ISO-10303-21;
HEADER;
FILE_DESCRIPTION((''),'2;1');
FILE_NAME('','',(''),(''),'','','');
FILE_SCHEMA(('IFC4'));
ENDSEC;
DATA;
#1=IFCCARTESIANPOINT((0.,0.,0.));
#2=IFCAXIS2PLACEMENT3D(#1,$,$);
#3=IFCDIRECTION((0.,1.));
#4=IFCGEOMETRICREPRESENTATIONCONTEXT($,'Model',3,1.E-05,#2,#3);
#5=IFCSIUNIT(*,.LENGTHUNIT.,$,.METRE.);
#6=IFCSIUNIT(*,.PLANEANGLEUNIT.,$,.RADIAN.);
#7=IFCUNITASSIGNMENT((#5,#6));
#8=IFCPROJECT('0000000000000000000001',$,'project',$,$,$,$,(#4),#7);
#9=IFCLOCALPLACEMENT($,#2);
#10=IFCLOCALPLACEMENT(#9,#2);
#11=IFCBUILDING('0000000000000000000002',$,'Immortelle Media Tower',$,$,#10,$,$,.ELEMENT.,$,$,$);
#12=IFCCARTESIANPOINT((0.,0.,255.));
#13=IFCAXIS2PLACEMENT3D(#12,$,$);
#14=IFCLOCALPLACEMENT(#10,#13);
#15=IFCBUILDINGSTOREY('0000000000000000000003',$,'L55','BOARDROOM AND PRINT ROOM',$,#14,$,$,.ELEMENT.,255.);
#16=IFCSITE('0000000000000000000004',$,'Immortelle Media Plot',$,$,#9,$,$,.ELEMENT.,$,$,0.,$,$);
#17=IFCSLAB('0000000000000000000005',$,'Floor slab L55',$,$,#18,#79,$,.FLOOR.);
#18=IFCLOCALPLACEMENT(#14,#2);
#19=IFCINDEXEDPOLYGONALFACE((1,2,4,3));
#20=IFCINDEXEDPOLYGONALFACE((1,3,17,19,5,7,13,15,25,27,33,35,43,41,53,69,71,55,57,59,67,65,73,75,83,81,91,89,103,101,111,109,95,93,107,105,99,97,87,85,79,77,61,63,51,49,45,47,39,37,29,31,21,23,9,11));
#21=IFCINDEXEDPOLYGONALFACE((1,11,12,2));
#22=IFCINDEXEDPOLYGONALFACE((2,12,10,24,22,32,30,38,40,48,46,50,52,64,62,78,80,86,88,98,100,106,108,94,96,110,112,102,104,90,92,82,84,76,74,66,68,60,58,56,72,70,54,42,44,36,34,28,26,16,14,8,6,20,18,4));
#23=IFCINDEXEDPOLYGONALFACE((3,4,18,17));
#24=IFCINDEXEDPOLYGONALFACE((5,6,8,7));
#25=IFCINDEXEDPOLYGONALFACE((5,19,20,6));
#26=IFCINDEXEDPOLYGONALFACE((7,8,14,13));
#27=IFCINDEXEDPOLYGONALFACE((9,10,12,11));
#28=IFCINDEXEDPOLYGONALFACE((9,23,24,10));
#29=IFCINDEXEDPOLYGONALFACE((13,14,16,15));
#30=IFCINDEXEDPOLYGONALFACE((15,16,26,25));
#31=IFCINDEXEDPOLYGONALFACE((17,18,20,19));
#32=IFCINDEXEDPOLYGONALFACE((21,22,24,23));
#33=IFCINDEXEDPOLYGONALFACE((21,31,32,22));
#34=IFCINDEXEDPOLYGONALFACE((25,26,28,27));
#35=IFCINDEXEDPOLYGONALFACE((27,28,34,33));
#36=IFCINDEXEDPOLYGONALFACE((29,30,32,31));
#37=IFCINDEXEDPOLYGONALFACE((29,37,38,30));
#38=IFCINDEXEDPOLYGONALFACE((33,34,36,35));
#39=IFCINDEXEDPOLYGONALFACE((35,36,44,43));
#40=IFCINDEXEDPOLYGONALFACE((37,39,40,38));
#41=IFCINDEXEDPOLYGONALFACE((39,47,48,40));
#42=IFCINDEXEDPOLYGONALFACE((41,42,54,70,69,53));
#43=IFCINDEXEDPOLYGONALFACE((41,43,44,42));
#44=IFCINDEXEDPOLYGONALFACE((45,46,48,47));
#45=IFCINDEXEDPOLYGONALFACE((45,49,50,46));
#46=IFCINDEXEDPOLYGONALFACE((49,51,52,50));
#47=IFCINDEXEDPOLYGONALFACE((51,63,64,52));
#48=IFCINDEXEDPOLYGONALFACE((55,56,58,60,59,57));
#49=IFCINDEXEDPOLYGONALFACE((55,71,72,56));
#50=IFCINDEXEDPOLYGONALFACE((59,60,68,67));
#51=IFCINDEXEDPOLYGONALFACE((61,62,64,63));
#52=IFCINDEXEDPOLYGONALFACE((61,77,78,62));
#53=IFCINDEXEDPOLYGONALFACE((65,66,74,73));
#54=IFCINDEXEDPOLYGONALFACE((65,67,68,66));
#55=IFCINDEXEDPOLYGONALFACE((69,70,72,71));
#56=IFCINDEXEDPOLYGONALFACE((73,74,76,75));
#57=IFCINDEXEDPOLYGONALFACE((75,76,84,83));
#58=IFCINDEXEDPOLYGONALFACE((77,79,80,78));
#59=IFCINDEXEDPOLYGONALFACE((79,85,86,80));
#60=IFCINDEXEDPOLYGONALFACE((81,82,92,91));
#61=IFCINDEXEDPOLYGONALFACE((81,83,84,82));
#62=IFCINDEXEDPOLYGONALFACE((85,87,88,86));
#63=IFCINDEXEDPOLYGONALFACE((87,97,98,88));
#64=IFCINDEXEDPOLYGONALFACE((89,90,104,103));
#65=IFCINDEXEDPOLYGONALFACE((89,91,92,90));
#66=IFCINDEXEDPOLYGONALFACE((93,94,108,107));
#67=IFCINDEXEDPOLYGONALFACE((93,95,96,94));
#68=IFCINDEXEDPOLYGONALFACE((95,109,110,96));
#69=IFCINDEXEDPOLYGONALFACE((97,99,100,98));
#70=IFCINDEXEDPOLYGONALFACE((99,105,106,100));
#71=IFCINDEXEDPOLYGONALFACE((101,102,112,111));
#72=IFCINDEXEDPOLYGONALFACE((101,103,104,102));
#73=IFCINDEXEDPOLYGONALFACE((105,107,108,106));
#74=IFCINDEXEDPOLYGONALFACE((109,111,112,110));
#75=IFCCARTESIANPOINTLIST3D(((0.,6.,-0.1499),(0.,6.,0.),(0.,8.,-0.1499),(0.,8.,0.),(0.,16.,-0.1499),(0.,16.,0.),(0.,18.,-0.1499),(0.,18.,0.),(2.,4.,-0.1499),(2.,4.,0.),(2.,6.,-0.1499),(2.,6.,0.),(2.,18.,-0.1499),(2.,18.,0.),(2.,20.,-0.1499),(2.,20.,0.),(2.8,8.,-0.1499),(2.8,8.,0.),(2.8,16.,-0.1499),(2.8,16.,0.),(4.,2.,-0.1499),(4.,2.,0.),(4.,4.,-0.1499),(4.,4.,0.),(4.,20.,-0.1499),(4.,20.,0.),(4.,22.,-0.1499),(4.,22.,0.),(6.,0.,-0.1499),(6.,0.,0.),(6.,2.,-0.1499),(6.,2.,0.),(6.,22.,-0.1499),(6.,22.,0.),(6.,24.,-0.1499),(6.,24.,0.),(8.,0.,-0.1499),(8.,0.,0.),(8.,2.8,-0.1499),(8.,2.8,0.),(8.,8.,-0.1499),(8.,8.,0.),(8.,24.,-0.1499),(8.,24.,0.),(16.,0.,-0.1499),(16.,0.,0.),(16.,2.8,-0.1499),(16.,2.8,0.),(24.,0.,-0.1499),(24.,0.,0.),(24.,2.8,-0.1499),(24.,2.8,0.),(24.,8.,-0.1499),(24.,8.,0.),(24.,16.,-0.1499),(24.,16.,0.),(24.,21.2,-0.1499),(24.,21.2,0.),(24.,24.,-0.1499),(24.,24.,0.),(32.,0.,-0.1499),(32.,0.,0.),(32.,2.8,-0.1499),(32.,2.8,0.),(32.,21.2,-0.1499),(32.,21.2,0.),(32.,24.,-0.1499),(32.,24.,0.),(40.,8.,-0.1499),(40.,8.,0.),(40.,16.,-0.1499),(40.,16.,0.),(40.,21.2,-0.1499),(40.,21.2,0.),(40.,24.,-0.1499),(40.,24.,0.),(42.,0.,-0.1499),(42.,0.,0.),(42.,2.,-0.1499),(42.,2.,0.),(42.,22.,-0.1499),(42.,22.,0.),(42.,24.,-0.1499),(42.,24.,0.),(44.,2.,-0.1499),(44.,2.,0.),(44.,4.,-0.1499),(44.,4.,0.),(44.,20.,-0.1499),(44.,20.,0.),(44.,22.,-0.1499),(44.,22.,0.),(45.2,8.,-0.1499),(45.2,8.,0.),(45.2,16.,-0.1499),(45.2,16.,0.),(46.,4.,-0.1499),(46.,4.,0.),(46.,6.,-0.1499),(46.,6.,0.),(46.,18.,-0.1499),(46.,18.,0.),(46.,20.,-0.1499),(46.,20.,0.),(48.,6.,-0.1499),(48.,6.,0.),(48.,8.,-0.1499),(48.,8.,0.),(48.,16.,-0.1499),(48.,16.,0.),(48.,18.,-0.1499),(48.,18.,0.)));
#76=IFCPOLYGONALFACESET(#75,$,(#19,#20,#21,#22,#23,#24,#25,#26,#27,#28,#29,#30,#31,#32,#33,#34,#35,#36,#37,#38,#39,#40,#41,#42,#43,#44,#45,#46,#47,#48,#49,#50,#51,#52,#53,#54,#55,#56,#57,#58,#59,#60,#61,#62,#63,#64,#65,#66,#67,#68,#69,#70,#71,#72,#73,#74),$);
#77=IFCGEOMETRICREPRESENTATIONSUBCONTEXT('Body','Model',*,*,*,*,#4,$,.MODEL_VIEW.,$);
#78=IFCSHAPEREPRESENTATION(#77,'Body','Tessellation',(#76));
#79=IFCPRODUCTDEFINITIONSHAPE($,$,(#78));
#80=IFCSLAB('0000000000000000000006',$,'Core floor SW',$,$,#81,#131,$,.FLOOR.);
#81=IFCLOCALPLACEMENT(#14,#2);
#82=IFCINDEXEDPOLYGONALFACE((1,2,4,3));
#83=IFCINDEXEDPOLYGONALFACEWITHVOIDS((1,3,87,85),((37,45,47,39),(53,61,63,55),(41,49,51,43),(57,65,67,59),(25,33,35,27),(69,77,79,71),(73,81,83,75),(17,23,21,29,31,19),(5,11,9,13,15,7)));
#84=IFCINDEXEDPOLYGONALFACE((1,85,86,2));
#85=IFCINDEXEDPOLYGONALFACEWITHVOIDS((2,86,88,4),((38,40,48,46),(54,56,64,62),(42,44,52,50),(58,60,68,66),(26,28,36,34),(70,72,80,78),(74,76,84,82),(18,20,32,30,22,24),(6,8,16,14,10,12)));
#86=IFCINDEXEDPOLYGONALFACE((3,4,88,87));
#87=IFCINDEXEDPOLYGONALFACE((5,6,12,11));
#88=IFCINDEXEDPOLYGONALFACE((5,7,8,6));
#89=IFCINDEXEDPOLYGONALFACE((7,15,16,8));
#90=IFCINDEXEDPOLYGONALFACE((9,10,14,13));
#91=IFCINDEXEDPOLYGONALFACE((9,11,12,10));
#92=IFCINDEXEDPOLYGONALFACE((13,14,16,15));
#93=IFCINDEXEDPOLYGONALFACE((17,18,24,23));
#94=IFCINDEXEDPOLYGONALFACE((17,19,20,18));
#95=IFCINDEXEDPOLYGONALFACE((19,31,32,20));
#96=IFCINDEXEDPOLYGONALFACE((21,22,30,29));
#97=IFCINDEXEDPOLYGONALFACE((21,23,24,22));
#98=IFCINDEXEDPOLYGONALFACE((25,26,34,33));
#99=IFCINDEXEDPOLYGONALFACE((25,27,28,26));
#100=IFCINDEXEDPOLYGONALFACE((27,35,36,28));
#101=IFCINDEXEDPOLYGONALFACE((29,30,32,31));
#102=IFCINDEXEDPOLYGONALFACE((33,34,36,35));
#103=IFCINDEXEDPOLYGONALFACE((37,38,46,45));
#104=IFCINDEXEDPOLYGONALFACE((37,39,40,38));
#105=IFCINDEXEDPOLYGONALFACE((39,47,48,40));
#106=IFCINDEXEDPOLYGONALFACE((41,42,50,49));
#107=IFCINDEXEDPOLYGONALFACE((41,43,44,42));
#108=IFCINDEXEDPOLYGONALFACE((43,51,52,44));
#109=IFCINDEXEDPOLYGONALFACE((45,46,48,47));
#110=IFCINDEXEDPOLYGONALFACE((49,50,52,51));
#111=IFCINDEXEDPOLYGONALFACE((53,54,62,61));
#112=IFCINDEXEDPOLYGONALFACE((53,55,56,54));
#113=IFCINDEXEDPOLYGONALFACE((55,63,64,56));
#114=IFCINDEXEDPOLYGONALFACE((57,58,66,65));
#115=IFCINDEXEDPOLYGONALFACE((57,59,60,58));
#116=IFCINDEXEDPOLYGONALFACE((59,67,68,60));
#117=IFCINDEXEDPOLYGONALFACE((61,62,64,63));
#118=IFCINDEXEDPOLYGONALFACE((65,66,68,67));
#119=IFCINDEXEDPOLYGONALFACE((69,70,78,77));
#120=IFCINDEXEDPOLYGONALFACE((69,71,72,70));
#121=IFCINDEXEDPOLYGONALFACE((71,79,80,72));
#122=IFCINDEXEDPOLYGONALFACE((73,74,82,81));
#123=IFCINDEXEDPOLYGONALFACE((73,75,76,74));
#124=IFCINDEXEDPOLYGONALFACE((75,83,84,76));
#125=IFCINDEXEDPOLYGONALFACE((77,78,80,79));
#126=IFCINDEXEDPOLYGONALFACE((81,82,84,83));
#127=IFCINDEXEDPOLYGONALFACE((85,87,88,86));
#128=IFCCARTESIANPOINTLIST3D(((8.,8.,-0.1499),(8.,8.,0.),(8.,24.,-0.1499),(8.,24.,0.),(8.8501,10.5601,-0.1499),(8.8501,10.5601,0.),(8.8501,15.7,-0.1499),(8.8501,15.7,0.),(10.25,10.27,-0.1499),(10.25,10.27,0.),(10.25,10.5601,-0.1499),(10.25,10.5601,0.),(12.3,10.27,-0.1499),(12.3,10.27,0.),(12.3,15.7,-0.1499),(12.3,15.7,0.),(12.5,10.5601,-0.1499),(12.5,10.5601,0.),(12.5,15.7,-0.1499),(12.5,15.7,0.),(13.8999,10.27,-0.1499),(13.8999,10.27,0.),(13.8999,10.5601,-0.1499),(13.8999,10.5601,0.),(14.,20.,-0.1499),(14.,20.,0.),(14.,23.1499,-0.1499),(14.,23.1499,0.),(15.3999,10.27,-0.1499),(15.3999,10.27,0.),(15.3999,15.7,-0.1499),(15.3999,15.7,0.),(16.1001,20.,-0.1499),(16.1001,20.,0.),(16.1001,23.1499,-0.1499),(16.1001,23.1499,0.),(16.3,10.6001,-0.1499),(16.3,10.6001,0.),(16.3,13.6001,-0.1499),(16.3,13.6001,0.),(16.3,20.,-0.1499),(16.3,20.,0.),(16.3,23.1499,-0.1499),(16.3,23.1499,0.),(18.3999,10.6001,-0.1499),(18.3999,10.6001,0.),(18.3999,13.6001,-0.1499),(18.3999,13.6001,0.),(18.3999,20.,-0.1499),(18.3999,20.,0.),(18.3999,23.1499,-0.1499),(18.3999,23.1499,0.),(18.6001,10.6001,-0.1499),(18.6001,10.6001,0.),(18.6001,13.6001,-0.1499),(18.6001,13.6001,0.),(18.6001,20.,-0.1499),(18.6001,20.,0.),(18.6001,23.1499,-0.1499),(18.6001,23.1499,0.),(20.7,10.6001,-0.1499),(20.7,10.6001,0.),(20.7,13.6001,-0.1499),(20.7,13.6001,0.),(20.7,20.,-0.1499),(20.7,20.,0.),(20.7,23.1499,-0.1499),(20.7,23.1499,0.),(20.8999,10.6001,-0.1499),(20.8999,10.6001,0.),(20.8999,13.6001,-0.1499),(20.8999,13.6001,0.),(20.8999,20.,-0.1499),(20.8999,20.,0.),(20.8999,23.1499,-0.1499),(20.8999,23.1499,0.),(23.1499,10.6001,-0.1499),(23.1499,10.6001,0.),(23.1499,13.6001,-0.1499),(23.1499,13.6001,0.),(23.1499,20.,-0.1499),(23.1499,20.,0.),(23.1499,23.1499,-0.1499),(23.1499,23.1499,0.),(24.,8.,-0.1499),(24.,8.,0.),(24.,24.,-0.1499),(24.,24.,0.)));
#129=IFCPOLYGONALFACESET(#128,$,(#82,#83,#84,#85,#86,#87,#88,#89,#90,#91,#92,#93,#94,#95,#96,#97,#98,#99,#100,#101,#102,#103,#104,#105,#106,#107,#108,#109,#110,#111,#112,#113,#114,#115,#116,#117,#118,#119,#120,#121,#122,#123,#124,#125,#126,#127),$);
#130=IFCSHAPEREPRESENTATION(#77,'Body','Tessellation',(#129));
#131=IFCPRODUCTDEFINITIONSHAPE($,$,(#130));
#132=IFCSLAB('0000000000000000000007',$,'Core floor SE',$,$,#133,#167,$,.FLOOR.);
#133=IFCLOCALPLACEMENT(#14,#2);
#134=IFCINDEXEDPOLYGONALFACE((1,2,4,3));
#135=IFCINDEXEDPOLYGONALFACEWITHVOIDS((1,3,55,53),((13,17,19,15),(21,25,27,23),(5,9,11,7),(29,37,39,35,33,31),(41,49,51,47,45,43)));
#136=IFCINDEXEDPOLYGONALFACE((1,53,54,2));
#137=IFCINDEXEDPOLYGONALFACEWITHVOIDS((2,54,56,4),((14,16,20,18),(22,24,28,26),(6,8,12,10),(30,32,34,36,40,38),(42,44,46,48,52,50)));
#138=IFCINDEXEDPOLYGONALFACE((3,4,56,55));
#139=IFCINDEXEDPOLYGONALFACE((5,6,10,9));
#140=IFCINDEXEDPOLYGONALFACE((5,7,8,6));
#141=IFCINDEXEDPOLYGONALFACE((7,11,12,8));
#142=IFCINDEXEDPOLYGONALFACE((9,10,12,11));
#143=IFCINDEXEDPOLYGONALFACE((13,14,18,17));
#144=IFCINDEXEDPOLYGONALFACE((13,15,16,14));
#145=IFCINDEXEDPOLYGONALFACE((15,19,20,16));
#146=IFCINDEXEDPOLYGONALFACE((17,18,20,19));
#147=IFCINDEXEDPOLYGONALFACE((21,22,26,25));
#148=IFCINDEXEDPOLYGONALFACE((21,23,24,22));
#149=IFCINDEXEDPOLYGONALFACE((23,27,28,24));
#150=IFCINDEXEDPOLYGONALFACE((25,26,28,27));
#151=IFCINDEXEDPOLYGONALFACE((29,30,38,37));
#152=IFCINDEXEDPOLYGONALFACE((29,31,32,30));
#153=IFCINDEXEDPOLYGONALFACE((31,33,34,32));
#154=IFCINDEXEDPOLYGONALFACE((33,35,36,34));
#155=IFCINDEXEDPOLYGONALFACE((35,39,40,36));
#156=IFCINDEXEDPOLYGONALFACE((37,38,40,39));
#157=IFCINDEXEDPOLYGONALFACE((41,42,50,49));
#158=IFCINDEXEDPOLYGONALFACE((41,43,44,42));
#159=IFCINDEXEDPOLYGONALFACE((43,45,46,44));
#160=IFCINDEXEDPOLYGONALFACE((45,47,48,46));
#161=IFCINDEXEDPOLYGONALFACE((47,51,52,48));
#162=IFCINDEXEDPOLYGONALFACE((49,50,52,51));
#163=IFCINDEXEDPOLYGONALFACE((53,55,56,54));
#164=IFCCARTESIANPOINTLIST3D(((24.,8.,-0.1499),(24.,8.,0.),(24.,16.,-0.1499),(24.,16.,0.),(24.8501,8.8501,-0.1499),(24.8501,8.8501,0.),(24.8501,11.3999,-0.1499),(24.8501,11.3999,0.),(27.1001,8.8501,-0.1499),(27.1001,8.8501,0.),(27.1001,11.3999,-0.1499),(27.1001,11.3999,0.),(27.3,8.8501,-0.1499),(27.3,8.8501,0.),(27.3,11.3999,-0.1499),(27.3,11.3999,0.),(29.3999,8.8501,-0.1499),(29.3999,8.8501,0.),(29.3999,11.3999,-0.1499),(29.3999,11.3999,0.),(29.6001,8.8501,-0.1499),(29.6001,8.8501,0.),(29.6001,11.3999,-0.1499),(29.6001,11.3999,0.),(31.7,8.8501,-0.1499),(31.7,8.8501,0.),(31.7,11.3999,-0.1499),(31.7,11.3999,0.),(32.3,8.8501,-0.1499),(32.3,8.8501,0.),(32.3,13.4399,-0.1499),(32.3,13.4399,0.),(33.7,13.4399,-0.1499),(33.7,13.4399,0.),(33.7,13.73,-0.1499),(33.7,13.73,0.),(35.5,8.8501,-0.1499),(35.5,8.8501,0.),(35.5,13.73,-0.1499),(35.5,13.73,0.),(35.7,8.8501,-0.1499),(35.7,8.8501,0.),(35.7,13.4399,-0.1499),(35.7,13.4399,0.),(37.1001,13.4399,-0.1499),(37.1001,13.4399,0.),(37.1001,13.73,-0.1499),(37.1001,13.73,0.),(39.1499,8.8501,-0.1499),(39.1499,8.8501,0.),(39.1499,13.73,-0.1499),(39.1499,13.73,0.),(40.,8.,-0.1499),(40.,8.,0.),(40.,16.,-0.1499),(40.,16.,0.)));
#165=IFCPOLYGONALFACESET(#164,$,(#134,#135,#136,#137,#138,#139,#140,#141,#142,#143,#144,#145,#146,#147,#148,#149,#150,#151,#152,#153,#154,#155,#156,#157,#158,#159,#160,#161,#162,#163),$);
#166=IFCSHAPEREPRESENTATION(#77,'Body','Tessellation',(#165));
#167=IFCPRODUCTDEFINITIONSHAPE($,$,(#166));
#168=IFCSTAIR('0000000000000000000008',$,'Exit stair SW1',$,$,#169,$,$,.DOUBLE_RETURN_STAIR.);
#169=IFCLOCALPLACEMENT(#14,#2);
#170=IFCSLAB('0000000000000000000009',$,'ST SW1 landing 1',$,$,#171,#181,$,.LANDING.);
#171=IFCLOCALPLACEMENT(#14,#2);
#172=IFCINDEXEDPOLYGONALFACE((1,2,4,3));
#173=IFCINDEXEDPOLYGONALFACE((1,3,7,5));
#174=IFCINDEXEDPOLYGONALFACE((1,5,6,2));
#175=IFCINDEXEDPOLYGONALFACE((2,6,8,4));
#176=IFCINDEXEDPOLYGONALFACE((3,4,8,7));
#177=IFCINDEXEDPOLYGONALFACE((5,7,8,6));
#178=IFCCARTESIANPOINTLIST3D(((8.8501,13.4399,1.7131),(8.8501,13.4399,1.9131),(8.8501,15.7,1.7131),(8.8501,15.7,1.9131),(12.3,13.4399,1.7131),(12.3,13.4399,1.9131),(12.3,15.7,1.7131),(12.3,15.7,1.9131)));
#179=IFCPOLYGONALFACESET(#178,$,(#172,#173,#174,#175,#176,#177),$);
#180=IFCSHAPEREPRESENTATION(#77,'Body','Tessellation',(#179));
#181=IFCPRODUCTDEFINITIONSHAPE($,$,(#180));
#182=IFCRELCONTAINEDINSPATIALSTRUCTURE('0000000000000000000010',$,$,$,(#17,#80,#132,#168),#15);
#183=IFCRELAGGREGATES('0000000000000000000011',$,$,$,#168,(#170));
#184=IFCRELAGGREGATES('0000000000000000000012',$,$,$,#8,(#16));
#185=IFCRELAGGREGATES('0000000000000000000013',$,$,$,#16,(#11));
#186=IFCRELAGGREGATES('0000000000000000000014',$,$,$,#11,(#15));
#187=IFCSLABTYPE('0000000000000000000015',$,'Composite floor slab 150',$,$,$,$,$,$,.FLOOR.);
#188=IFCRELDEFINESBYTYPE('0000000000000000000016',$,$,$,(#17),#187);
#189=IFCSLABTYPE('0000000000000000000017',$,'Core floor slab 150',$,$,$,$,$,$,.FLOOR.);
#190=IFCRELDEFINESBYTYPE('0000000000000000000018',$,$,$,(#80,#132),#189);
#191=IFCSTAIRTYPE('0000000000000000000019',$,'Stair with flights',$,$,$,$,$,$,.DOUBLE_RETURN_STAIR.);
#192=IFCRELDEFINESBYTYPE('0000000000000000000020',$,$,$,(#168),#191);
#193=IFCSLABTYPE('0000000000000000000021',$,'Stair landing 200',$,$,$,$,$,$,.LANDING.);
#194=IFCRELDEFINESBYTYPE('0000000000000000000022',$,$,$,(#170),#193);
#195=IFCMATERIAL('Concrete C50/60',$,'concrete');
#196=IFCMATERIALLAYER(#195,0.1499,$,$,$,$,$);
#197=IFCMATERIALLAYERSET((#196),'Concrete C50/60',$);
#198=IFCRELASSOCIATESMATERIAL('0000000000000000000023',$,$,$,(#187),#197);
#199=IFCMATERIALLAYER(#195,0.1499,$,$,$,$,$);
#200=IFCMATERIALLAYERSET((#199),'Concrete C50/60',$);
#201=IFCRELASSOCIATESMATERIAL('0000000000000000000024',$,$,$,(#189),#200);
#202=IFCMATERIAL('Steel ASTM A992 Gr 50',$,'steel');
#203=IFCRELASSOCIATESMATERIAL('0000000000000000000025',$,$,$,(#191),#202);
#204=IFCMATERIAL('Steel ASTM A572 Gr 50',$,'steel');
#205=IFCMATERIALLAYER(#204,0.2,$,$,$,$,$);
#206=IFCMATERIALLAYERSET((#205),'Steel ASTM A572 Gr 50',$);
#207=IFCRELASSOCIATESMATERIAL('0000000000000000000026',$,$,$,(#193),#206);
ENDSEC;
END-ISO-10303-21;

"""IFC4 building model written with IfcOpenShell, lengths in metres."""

from ifc_helpers import new_model, si_unit, direction, frame, origin, place, context, subcontext, project, spatial, polyline, outline, extrude, material, layer, layer_set, type_object, element, aggregate, save


model = new_model("IFC4")

# Units and contexts
model_context = context("Model", 3, precision=1e-05, world=origin(), true_north=direction((0.0, 1.0)))
body_context = subcontext(model_context, "Body", "Model", "MODEL_VIEW")
ifc_project = project(units=[si_unit("LENGTHUNIT", "METRE"), si_unit("PLANEANGLEUNIT", "RADIAN")], contexts=[model_context])

# Site, building, storey
site_placement = place(None, origin())
site = spatial("IfcSite", under=ifc_project, at=site_placement, Name="Immortelle Media Plot", CompositionType="ELEMENT", RefElevation=0.0)
building_placement = place(site_placement, origin())
building = spatial("IfcBuilding", under=site, at=building_placement, Name="Immortelle Media Tower", CompositionType="ELEMENT")
storey_placement = place(building_placement, frame((0.0, 0.0, 255.0)))
storey = spatial("IfcBuildingStorey", under=building, at=storey_placement, Name="L55", Description="BOARDROOM AND PRINT ROOM", CompositionType="ELEMENT", Elevation=255.0)

# Shared definitions
ifc_material_1 = material(Name="Steel ASTM A992 Gr 50", Category="steel")

# Slabs
ifc_material_2 = material(Name="Concrete C50/60", Category="concrete")
ifc_layer_1 = layer(ifc_material_2, 0.1499)
ifc_layer_set_1 = layer_set([ifc_layer_1], Name="Concrete C50/60")
slab_type_1 = type_object("IfcSlabType", Name="Composite floor slab 150", PredefinedType="FLOOR", material=ifc_layer_set_1)
slab_1_placement = place(storey_placement, frame((0.0, 0.0, -0.1499)))
element("IfcSlab", 1, at=slab_1_placement, inside=storey, type_object=slab_type_1, Name="Floor slab L55", PredefinedType="FLOOR", context=body_context, shape_type="SweptSolid", body=[
    extrude(outline(polyline([(6.0, 0.0), (6.0, 2.0), (4.0, 2.0), (4.0, 4.0), (2.0, 4.0), (2.0, 6.0), (0.0, 6.0), (0.0, 8.0), (2.8, 8.0), (2.8, 16.0), (0.0, 16.0), (0.0, 18.0), (2.0, 18.0), (2.0, 20.0), (4.0, 20.0), (4.0, 22.0), (6.0, 22.0), (6.0, 24.0), (8.0, 24.0), (8.0, 8.0), (24.0, 8.0), (40.0, 8.0), (40.0, 16.0), (24.0, 16.0), (24.0, 21.2), (24.0, 24.0), (32.0, 24.0), (32.0, 21.2), (40.0, 21.2), (40.0, 24.0), (42.0, 24.0), (42.0, 22.0), (44.0, 22.0), (44.0, 20.0), (46.0, 20.0), (46.0, 18.0), (48.0, 18.0), (48.0, 16.0), (45.2, 16.0), (45.2, 8.0), (48.0, 8.0), (48.0, 6.0), (46.0, 6.0), (46.0, 4.0), (44.0, 4.0), (44.0, 2.0), (42.0, 2.0), (42.0, 0.0), (32.0, 0.0), (32.0, 2.8), (24.0, 2.8), (24.0, 0.0), (16.0, 0.0), (16.0, 2.8), (8.0, 2.8), (8.0, 0.0), (6.0, 0.0)])), origin(), (0.0, 0.0, 1.0), 0.1499),
])
ifc_layer_2 = layer(ifc_material_2, 0.1499)
ifc_layer_set_2 = layer_set([ifc_layer_2], Name="Concrete C50/60")
slab_type_2 = type_object("IfcSlabType", Name="Core floor slab 150", PredefinedType="FLOOR", material=ifc_layer_set_2)
slab_2_placement = place(storey_placement, frame((0.0, 0.0, -0.1499)))
element("IfcSlab", 2, at=slab_2_placement, inside=storey, type_object=slab_type_2, Name="Core floor SW", PredefinedType="FLOOR", context=body_context, shape_type="SweptSolid", body=[
    extrude(outline(polyline([(8.0, 8.0), (24.0, 8.0), (24.0, 24.0), (8.0, 24.0), (8.0, 8.0)]), holes=[polyline([(14.0, 20.0), (16.1001, 20.0), (16.1001, 23.1499), (14.0, 23.1499), (14.0, 20.0)]), polyline([(16.3, 20.0), (18.3999, 20.0), (18.3999, 23.1499), (16.3, 23.1499), (16.3, 20.0)]), polyline([(18.6001, 20.0), (20.7, 20.0), (20.7, 23.1499), (18.6001, 23.1499), (18.6001, 20.0)]), polyline([(20.8999, 20.0), (23.1499, 20.0), (23.1499, 23.1499), (20.8999, 23.1499), (20.8999, 20.0)]), polyline([(16.3, 10.6001), (18.3999, 10.6001), (18.3999, 13.6001), (16.3, 13.6001), (16.3, 10.6001)]), polyline([(18.6001, 10.6001), (20.7, 10.6001), (20.7, 13.6001), (18.6001, 13.6001), (18.6001, 10.6001)]), polyline([(20.8999, 10.6001), (23.1499, 10.6001), (23.1499, 13.6001), (20.8999, 13.6001), (20.8999, 10.6001)]), polyline([(8.8501, 15.7), (12.3, 15.7), (12.3, 10.27), (10.25, 10.27), (10.25, 10.5601), (8.8501, 10.5601), (8.8501, 15.7)]), polyline([(12.5, 15.7), (15.3999, 15.7), (15.3999, 10.27), (13.8999, 10.27), (13.8999, 10.5601), (12.5, 10.5601), (12.5, 15.7)])]), origin(), (0.0, 0.0, 1.0), 0.1499),
])
slab_3_placement = place(storey_placement, frame((0.0, 0.0, -0.1499)))
element("IfcSlab", 3, at=slab_3_placement, inside=storey, type_object=slab_type_2, Name="Core floor SE", PredefinedType="FLOOR", context=body_context, shape_type="SweptSolid", body=[
    extrude(outline(polyline([(24.0, 8.0), (40.0, 8.0), (40.0, 16.0), (24.0, 16.0), (24.0, 8.0)]), holes=[polyline([(24.8501, 8.8501), (27.1001, 8.8501), (27.1001, 11.3999), (24.8501, 11.3999), (24.8501, 8.8501)]), polyline([(27.3, 8.8501), (29.3999, 8.8501), (29.3999, 11.3999), (27.3, 11.3999), (27.3, 8.8501)]), polyline([(29.6001, 8.8501), (31.7, 8.8501), (31.7, 11.3999), (29.6001, 11.3999), (29.6001, 8.8501)]), polyline([(35.5, 13.73), (35.5, 8.8501), (32.3, 8.8501), (32.3, 13.4399), (33.7, 13.4399), (33.7, 13.73), (35.5, 13.73)]), polyline([(39.1499, 13.73), (39.1499, 8.8501), (35.7, 8.8501), (35.7, 13.4399), (37.1001, 13.4399), (37.1001, 13.73), (39.1499, 13.73)])]), origin(), (0.0, 0.0, 1.0), 0.1499),
])

# Stair, slab
stair_type = type_object("IfcStairType", Name="Stair with flights", PredefinedType="DOUBLE_RETURN_STAIR", material=ifc_material_1)
stair_1_placement = place(storey_placement, origin())
stair_1 = element("IfcStair", 4, at=stair_1_placement, inside=storey, type_object=stair_type, Name="Exit stair SW1", PredefinedType="DOUBLE_RETURN_STAIR")
ifc_material_3 = material(Name="Steel ASTM A572 Gr 50", Category="steel")
ifc_layer_3 = layer(ifc_material_3, 0.2)
ifc_layer_set_3 = layer_set([ifc_layer_3], Name="Steel ASTM A572 Gr 50")
slab_type_3 = type_object("IfcSlabType", Name="Stair landing 200", PredefinedType="LANDING", material=ifc_layer_set_3)
slab_4_placement = place(storey_placement, frame((0.0, 0.0, 1.7131)))
slab_4 = element("IfcSlab", 5, at=slab_4_placement, type_object=slab_type_3, Name="ST SW1 landing 1", PredefinedType="LANDING", context=body_context, shape_type="SweptSolid", body=[
    extrude(outline(polyline([(8.8501, 13.4399), (12.3, 13.4399), (12.3, 15.7), (8.8501, 15.7), (8.8501, 13.4399)])), origin(), (0.0, 0.0, 1.0), 0.2),
])
aggregate(stair_1, [slab_4])

save(model, "model.ifc")
